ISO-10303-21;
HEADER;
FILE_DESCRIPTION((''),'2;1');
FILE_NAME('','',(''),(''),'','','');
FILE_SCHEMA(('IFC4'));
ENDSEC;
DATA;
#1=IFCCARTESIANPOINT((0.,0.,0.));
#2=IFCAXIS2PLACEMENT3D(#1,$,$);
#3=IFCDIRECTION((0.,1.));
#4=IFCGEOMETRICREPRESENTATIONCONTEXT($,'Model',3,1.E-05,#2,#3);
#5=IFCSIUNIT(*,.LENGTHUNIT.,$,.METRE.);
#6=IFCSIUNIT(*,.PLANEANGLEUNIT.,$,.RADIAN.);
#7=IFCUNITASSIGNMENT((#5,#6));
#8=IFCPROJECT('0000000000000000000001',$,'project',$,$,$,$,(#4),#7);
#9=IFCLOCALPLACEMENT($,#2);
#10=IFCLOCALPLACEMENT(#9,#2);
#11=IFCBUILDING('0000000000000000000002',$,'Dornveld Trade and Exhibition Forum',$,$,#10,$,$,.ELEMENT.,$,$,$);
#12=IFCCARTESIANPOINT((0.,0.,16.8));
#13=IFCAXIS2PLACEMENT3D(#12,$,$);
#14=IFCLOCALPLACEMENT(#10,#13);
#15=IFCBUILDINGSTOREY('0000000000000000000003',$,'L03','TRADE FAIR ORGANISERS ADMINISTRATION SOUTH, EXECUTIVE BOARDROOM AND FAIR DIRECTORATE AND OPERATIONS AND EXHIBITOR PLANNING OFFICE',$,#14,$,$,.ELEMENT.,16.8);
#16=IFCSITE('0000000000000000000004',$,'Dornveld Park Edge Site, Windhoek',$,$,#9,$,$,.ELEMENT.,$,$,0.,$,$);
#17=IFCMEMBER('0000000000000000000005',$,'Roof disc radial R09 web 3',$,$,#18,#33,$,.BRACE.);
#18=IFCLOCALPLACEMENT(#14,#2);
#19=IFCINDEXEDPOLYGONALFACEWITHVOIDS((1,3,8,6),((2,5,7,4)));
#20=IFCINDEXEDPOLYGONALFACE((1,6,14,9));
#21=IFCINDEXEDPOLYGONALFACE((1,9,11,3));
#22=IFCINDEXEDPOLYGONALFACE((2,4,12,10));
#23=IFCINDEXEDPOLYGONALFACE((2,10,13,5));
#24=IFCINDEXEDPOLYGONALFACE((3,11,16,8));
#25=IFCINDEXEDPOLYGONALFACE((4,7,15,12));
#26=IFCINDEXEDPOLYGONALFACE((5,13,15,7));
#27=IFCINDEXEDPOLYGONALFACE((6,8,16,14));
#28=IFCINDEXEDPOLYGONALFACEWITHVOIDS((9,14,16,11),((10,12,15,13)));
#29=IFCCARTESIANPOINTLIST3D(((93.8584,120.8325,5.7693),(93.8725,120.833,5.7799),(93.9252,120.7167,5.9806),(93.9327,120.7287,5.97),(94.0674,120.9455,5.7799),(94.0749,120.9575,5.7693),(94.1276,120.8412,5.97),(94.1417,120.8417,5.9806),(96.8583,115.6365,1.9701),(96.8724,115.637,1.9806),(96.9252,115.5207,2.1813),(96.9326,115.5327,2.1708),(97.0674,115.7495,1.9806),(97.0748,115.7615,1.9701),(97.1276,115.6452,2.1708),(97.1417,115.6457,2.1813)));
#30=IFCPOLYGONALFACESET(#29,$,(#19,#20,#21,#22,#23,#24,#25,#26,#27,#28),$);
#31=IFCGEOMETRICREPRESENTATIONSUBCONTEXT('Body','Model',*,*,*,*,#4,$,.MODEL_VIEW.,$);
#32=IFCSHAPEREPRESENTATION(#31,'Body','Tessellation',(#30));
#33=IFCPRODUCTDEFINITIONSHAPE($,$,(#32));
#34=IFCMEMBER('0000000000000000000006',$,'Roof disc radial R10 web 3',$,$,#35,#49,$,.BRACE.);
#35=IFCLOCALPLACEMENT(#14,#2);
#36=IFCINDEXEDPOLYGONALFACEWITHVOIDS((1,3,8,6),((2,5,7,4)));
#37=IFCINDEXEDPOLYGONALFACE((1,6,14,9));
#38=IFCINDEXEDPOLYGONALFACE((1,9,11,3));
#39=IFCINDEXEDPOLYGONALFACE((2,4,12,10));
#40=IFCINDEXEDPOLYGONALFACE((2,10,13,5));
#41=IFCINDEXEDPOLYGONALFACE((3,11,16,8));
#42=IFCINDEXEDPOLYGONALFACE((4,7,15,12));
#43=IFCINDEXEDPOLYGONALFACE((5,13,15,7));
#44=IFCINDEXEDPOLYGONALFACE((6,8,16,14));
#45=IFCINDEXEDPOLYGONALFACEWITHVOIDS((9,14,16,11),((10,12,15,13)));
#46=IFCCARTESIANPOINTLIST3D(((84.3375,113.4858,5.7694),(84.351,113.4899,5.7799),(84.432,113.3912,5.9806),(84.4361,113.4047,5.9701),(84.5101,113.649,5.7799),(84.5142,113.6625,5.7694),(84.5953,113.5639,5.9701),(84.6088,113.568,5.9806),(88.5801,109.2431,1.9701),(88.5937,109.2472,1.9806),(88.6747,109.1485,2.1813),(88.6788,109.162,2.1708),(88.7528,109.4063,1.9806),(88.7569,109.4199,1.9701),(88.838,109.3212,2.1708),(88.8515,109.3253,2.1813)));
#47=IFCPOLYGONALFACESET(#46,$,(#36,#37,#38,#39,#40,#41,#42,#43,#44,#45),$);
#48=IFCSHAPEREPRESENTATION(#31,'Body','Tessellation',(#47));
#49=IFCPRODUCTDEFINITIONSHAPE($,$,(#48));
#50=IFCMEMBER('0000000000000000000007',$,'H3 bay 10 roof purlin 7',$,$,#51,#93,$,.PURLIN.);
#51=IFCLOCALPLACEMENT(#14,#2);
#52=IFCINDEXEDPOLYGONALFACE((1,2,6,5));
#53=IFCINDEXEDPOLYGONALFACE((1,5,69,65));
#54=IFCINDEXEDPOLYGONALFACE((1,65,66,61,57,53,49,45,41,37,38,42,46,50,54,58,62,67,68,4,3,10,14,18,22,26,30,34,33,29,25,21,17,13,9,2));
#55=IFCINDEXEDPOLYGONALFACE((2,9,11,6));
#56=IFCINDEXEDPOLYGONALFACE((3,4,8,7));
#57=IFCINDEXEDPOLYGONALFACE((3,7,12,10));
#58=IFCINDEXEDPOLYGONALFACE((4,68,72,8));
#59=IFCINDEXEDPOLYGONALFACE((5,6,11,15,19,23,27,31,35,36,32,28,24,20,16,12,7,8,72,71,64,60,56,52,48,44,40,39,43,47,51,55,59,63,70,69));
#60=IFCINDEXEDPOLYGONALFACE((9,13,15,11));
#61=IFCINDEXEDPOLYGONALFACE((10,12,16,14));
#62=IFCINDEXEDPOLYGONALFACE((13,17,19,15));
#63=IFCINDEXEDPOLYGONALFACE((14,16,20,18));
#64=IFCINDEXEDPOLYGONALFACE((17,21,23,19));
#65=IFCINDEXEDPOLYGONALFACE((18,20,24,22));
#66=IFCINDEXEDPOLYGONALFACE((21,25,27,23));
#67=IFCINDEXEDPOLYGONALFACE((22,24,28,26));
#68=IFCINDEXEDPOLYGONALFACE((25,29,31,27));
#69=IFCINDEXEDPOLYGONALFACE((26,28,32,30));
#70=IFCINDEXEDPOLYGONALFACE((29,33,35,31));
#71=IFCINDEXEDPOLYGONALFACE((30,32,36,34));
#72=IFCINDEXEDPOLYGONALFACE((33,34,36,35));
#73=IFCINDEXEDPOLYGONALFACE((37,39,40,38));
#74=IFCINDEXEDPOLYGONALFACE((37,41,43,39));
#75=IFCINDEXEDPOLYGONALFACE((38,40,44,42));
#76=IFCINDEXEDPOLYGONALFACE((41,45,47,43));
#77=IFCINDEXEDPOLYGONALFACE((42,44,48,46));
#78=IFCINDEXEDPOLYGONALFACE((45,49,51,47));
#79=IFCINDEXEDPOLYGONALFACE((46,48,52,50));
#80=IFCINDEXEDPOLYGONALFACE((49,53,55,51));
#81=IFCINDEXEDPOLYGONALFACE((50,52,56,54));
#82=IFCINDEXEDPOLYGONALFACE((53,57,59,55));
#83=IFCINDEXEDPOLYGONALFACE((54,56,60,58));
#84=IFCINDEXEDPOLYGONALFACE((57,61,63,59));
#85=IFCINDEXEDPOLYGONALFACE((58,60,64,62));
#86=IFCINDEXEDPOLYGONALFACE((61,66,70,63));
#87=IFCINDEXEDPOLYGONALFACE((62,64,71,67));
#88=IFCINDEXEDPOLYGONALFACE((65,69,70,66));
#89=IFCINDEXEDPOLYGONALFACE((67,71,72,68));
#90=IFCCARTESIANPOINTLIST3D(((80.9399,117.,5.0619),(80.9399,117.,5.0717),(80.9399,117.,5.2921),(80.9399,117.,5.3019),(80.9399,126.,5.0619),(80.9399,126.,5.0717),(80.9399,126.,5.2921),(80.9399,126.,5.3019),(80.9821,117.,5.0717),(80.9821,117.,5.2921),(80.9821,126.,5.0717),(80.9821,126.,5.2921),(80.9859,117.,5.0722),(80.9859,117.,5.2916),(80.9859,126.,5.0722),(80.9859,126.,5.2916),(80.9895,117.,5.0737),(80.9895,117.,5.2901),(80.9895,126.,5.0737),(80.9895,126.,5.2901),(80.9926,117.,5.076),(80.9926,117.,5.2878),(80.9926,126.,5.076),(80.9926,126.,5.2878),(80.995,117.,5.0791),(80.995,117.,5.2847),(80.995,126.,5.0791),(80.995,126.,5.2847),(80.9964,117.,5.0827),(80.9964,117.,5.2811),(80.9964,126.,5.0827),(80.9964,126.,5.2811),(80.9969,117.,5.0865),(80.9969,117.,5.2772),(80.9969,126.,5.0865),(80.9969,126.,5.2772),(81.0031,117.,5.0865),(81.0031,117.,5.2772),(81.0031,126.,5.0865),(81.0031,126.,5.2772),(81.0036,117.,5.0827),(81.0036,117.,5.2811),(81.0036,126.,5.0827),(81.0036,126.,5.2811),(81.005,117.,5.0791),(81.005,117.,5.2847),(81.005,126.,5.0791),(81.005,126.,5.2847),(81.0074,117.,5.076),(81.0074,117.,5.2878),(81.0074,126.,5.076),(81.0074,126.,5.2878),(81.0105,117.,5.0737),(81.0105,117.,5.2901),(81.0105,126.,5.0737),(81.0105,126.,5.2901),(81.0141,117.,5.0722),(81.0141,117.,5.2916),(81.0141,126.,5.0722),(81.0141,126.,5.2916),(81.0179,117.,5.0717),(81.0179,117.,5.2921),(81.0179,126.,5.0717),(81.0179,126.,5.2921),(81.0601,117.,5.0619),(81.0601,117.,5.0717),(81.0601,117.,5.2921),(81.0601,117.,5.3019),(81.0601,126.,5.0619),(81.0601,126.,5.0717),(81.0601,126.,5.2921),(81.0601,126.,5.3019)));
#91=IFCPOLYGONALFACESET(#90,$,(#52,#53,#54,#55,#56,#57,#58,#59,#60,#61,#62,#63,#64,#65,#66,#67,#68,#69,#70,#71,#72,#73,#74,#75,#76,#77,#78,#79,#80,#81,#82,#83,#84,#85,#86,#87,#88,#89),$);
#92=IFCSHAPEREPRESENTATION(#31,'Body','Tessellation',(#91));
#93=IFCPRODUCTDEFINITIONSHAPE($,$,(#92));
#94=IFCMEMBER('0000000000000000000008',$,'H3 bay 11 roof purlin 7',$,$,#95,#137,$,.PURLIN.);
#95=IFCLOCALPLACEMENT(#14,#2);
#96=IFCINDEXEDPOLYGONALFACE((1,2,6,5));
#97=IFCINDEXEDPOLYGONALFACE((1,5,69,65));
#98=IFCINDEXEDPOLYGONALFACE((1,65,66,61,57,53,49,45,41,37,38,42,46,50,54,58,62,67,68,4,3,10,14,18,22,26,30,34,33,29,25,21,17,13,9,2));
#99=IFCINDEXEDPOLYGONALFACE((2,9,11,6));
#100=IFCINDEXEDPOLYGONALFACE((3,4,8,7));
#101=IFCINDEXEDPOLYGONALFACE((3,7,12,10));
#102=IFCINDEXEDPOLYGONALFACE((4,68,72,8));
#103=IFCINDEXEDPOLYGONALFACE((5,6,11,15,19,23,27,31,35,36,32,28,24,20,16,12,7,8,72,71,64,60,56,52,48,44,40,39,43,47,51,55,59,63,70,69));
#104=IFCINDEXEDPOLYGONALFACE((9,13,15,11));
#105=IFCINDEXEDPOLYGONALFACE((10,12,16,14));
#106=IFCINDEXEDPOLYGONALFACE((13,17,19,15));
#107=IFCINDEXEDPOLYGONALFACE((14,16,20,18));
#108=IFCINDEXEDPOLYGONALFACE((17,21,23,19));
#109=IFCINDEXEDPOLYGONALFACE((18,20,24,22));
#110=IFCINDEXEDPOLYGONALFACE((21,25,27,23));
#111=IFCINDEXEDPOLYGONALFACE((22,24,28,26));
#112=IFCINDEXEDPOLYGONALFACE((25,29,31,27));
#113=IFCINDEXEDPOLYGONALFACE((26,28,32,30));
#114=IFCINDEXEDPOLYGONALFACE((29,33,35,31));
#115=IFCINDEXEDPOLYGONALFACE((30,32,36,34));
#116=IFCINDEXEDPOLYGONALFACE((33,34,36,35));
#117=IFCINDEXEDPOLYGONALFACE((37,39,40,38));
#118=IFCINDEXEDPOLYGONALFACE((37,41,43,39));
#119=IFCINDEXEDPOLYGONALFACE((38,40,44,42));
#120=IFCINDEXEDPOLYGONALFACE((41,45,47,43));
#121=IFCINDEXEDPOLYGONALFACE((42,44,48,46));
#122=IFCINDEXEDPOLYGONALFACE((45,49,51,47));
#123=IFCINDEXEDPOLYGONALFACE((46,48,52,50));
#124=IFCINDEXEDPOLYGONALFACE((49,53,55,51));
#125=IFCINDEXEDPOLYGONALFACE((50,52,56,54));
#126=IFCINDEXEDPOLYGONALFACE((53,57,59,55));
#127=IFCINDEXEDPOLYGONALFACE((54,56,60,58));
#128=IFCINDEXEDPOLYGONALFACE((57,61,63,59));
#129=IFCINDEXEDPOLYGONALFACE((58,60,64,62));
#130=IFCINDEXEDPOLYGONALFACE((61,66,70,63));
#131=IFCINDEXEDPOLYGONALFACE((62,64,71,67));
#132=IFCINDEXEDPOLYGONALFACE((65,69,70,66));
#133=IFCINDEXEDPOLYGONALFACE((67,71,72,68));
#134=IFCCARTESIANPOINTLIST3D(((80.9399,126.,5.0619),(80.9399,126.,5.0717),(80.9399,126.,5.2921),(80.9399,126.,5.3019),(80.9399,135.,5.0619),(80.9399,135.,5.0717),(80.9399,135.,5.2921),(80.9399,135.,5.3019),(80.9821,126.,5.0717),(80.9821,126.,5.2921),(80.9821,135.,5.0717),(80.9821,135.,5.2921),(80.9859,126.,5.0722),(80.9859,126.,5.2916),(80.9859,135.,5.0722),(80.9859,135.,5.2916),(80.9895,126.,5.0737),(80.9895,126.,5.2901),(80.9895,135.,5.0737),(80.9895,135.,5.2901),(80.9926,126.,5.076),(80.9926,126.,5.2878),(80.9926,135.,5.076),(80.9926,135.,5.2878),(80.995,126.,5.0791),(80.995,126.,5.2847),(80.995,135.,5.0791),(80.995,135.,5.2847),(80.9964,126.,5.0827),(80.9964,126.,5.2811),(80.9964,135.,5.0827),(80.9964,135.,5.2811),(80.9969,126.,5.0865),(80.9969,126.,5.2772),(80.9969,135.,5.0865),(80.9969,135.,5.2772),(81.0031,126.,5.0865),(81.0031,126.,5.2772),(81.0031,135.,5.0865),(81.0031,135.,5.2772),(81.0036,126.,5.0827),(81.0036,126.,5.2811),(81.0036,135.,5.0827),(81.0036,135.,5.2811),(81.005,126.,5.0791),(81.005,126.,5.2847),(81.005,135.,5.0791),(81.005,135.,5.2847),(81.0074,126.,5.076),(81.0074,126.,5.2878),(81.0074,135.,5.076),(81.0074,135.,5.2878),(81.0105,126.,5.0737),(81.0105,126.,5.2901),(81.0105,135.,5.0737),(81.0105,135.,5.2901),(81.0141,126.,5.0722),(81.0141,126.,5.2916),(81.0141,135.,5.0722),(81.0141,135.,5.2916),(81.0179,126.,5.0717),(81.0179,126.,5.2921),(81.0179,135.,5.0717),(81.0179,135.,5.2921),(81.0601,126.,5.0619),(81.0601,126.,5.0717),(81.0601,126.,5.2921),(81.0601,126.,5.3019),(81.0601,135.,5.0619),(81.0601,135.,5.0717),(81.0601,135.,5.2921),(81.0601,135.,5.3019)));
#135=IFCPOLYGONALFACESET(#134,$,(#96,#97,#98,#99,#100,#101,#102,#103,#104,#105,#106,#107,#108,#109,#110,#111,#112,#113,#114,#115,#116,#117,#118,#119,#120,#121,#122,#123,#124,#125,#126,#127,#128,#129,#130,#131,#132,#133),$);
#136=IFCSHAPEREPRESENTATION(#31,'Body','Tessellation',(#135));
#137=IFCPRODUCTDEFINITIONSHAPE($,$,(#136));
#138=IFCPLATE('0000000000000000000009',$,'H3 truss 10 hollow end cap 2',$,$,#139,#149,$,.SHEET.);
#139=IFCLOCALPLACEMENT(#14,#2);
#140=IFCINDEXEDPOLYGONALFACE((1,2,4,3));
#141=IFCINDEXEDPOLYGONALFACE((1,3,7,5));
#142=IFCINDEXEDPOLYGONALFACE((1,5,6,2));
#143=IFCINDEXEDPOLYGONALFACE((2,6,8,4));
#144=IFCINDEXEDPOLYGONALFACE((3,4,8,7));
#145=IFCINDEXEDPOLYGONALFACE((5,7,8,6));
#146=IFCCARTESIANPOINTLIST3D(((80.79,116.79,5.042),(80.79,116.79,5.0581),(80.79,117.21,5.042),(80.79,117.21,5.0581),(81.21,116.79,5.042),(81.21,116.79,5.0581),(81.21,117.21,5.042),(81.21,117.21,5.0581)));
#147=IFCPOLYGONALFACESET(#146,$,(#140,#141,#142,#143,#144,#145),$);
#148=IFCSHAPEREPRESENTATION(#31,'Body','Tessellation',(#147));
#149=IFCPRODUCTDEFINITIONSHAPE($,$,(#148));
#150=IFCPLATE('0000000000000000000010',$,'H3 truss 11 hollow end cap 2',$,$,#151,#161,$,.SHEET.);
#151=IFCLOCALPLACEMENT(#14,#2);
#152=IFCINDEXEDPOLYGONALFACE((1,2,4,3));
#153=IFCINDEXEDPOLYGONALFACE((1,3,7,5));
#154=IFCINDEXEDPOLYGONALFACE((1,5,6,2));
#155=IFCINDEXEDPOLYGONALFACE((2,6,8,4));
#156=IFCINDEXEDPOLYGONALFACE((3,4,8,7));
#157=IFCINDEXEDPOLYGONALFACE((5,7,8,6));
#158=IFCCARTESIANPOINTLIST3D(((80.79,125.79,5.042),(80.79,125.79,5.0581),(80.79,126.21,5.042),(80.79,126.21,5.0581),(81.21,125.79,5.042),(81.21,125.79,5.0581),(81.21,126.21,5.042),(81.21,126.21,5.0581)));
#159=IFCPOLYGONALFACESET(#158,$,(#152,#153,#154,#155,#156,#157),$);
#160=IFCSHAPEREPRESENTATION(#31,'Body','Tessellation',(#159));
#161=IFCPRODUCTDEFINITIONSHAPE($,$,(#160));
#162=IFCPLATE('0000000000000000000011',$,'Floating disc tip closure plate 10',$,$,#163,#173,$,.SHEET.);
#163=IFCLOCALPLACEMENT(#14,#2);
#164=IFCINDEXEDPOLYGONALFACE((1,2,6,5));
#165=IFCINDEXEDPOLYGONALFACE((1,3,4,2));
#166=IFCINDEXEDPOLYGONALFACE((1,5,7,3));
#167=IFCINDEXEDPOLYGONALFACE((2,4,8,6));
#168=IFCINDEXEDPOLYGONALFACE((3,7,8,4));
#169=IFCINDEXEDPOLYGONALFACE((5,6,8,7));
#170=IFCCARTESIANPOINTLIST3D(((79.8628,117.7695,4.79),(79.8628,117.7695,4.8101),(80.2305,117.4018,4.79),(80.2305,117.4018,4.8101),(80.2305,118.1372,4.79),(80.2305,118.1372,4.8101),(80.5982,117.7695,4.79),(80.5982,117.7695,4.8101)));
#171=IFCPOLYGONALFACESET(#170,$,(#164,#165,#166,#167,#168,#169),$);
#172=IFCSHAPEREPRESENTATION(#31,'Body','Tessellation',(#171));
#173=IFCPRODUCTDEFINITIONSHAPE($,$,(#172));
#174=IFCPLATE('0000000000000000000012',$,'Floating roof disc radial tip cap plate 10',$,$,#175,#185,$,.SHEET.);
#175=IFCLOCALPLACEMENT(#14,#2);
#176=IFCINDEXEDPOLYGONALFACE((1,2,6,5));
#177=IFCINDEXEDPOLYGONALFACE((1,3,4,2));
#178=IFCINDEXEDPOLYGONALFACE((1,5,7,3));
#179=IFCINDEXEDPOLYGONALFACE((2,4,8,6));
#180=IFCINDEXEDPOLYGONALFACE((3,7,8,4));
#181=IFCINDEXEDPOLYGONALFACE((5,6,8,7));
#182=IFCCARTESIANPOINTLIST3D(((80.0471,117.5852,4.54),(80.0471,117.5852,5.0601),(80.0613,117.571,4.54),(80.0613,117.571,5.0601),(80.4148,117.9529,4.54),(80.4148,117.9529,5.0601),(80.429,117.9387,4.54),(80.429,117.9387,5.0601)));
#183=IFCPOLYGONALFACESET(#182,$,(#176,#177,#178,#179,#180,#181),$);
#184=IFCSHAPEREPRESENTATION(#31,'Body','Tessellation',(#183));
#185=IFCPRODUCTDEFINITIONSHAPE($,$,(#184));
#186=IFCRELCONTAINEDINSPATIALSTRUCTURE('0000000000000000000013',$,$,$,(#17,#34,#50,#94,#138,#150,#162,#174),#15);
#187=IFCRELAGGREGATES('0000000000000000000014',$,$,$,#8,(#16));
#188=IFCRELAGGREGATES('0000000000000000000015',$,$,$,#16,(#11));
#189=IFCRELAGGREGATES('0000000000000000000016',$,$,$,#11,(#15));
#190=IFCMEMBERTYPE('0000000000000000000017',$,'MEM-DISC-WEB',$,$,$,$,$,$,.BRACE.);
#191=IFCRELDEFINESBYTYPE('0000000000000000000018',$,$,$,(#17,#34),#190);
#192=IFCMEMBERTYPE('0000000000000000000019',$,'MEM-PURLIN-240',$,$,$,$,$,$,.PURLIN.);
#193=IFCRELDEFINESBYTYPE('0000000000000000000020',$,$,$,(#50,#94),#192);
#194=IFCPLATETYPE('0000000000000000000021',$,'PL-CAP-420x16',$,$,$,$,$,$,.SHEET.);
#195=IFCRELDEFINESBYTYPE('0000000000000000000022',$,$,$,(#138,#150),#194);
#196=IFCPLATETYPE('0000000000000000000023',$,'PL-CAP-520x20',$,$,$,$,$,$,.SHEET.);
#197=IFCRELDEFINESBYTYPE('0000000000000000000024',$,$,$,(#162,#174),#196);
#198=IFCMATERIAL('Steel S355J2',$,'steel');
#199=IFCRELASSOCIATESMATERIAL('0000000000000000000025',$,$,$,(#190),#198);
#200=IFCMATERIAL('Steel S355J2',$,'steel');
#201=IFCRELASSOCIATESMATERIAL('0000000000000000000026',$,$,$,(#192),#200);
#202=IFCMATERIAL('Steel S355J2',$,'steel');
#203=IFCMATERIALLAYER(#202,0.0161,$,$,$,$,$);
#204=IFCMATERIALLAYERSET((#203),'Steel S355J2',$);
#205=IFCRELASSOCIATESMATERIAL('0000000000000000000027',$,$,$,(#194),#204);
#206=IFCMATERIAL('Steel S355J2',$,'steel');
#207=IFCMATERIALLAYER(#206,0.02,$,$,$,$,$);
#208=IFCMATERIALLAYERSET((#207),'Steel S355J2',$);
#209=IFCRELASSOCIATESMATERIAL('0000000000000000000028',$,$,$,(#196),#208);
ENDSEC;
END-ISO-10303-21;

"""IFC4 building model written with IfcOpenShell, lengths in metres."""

from ifc_helpers import new_model, si_unit, direction, frame, origin, origin_2d, place, context, subcontext, project, spatial, rectangle, hollow_rectangle, i_section, extrude, material, layer, layer_set, material_profile, profile_set, type_object, element, save


model = new_model("IFC4")

# Units and contexts
model_context = context("Model", 3, precision=1e-05, world=origin(), true_north=direction((0.0, 1.0)))
body_context = subcontext(model_context, "Body", "Model", "MODEL_VIEW")
ifc_project = project(units=[si_unit("LENGTHUNIT", "METRE"), si_unit("PLANEANGLEUNIT", "RADIAN")], contexts=[model_context])

# Site, building, storey
site_placement = place(None, origin())
site = spatial("IfcSite", under=ifc_project, at=site_placement, Name="Dornveld Park Edge Site, Windhoek", CompositionType="ELEMENT", RefElevation=0.0)
building_placement = place(site_placement, origin())
building = spatial("IfcBuilding", under=site, at=building_placement, Name="Dornveld Trade and Exhibition Forum", CompositionType="ELEMENT")
storey_placement = place(building_placement, frame((0.0, 0.0, 16.8)))
storey = spatial("IfcBuildingStorey", under=building, at=storey_placement, Name="L03", Description="TRADE FAIR ORGANISERS ADMINISTRATION SOUTH, EXECUTIVE BOARDROOM AND FAIR DIRECTORATE AND OPERATIONS AND EXHIBITOR PLANNING OFFICE", CompositionType="ELEMENT", Elevation=16.8)

# Members
ifc_material_1 = material(Name="Steel S355J2", Category="steel")
ifc_material_profile_1 = material_profile(ifc_material_1, hollow_rectangle(XDim=0.25, YDim=0.25, WallThickness=0.0125, at=origin_2d()), Name="SHS 250x250x12.5")
ifc_profile_set_1 = profile_set([ifc_material_profile_1], Name="Steel S355J2")
member_type_1 = type_object("IfcMemberType", Name="MEM-DISC-WEB", PredefinedType="BRACE", material=ifc_profile_set_1)
member_1_placement = place(storey_placement, frame((97.0, 115.6411, 2.0757), z_axis=(-0.422436, 0.731665, 0.534989), x_axis=(-0.866021, -0.500008, 0.0)))
element("IfcMember", 1, at=member_1_placement, inside=storey, type_object=member_type_1, Name="Roof disc radial R09 web 3", PredefinedType="BRACE", context=body_context, shape_type="SweptSolid", body=[
    extrude(hollow_rectangle(XDim=0.25, YDim=0.25, WallThickness=0.0125, at=origin_2d()), origin(), (0.0, 0.0, 1.0), 7.1016),
])
member_2_placement = place(storey_placement, frame((88.7158, 109.2842, 2.0757), z_axis=(-0.597409, 0.597409, 0.53498), x_axis=(-0.707107, -0.707107, 0.0)))
element("IfcMember", 2, at=member_2_placement, inside=storey, type_object=member_type_1, Name="Roof disc radial R10 web 3", PredefinedType="BRACE", context=body_context, shape_type="SweptSolid", body=[
    extrude(hollow_rectangle(XDim=0.25, YDim=0.25, WallThickness=0.0125, at=origin_2d()), origin(), (0.0, 0.0, 1.0), 7.1018),
])
ifc_material_2 = material(Name="Steel S355J2", Category="steel")
ifc_material_profile_2 = material_profile(ifc_material_2, i_section(OverallWidth=0.1201, OverallDepth=0.24, WebThickness=0.0061, FlangeThickness=0.0098, FilletRadius=0.0149, at=origin_2d()), Name="IPE 240")
ifc_profile_set_2 = profile_set([ifc_material_profile_2], Name="Steel S355J2")
member_type_2 = type_object("IfcMemberType", Name="MEM-PURLIN-240", PredefinedType="PURLIN", material=ifc_profile_set_2)
for number, where, z_axis, x_axis, name in (
    (3, (81.0, 117.0, 5.1819), (0.0, 1.0, 0.0), (-1.0, 0.0, 0.0), "H3 bay 10 roof purlin 7"),
    (4, (81.0, 126.0, 5.1819), (0.0, 1.0, 0.0), (-1.0, 0.0, 0.0), "H3 bay 11 roof purlin 7"),
):
    element("IfcMember", number, at=place(storey_placement, frame(where, z_axis=z_axis, x_axis=x_axis)), inside=storey, type_object=member_type_2, Name=name, PredefinedType="PURLIN", context=body_context, shape_type="SweptSolid", body=[
        extrude(i_section(OverallWidth=0.1201, OverallDepth=0.24, WebThickness=0.0061, FlangeThickness=0.0098, FilletRadius=0.0149, at=origin_2d()), origin(), (0.0, 0.0, 1.0), 9.0),
    ])

# Plates
ifc_material_3 = material(Name="Steel S355J2", Category="steel")
ifc_layer_1 = layer(ifc_material_3, 0.0161)
ifc_layer_set_1 = layer_set([ifc_layer_1], Name="Steel S355J2")
plate_type_1 = type_object("IfcPlateType", Name="PL-CAP-420x16", PredefinedType="SHEET", material=ifc_layer_set_1)
for number, where, z_axis, x_axis, name in (
    (5, (81.0, 117.0, 5.042), (0.0, 0.0, 1.0), (1.0, 0.0, 0.0), "H3 truss 10 hollow end cap 2"),
    (6, (81.0, 126.0, 5.042), (0.0, 0.0, 1.0), (1.0, 0.0, 0.0), "H3 truss 11 hollow end cap 2"),
):
    element("IfcPlate", number, at=place(storey_placement, frame(where, z_axis=z_axis, x_axis=x_axis)), inside=storey, type_object=plate_type_1, Name=name, PredefinedType="SHEET", context=body_context, shape_type="SweptSolid", body=[
        extrude(rectangle(XDim=0.4199, YDim=0.4199, at=origin_2d()), origin(), (0.0, 0.0, 1.0), 0.0161),
    ])
ifc_material_4 = material(Name="Steel S355J2", Category="steel")
ifc_layer_2 = layer(ifc_material_4, 0.02)
ifc_layer_set_2 = layer_set([ifc_layer_2], Name="Steel S355J2")
plate_type_2 = type_object("IfcPlateType", Name="PL-CAP-520x20", PredefinedType="SHEET", material=ifc_layer_set_2)
plate_1_placement = place(storey_placement, frame((80.2305, 117.7695, 4.79), z_axis=(0.0, 0.0, 1.0), x_axis=(-0.707107, 0.707107, 0.0)))
element("IfcPlate", 7, at=plate_1_placement, inside=storey, type_object=plate_type_2, Name="Floating disc tip closure plate 10", PredefinedType="SHEET", context=body_context, shape_type="SweptSolid", body=[
    extrude(rectangle(XDim=0.52, YDim=0.52, at=origin_2d()), origin(), (0.0, 0.0, 1.0), 0.02),
])
plate_2_placement = place(storey_placement, frame((80.238, 117.762, 4.54), z_axis=(0.0, 0.0, 1.0), x_axis=(-0.707107, 0.707107, 0.0)))
element("IfcPlate", 8, at=plate_2_placement, inside=storey, type_object=plate_type_2, Name="Floating roof disc radial tip cap plate 10", PredefinedType="SHEET", context=body_context, shape_type="SweptSolid", body=[
    extrude(rectangle(XDim=0.02, YDim=0.52, at=origin_2d()), origin(), (0.0, 0.0, 1.0), 0.52),
])

save(model, "model.ifc")
